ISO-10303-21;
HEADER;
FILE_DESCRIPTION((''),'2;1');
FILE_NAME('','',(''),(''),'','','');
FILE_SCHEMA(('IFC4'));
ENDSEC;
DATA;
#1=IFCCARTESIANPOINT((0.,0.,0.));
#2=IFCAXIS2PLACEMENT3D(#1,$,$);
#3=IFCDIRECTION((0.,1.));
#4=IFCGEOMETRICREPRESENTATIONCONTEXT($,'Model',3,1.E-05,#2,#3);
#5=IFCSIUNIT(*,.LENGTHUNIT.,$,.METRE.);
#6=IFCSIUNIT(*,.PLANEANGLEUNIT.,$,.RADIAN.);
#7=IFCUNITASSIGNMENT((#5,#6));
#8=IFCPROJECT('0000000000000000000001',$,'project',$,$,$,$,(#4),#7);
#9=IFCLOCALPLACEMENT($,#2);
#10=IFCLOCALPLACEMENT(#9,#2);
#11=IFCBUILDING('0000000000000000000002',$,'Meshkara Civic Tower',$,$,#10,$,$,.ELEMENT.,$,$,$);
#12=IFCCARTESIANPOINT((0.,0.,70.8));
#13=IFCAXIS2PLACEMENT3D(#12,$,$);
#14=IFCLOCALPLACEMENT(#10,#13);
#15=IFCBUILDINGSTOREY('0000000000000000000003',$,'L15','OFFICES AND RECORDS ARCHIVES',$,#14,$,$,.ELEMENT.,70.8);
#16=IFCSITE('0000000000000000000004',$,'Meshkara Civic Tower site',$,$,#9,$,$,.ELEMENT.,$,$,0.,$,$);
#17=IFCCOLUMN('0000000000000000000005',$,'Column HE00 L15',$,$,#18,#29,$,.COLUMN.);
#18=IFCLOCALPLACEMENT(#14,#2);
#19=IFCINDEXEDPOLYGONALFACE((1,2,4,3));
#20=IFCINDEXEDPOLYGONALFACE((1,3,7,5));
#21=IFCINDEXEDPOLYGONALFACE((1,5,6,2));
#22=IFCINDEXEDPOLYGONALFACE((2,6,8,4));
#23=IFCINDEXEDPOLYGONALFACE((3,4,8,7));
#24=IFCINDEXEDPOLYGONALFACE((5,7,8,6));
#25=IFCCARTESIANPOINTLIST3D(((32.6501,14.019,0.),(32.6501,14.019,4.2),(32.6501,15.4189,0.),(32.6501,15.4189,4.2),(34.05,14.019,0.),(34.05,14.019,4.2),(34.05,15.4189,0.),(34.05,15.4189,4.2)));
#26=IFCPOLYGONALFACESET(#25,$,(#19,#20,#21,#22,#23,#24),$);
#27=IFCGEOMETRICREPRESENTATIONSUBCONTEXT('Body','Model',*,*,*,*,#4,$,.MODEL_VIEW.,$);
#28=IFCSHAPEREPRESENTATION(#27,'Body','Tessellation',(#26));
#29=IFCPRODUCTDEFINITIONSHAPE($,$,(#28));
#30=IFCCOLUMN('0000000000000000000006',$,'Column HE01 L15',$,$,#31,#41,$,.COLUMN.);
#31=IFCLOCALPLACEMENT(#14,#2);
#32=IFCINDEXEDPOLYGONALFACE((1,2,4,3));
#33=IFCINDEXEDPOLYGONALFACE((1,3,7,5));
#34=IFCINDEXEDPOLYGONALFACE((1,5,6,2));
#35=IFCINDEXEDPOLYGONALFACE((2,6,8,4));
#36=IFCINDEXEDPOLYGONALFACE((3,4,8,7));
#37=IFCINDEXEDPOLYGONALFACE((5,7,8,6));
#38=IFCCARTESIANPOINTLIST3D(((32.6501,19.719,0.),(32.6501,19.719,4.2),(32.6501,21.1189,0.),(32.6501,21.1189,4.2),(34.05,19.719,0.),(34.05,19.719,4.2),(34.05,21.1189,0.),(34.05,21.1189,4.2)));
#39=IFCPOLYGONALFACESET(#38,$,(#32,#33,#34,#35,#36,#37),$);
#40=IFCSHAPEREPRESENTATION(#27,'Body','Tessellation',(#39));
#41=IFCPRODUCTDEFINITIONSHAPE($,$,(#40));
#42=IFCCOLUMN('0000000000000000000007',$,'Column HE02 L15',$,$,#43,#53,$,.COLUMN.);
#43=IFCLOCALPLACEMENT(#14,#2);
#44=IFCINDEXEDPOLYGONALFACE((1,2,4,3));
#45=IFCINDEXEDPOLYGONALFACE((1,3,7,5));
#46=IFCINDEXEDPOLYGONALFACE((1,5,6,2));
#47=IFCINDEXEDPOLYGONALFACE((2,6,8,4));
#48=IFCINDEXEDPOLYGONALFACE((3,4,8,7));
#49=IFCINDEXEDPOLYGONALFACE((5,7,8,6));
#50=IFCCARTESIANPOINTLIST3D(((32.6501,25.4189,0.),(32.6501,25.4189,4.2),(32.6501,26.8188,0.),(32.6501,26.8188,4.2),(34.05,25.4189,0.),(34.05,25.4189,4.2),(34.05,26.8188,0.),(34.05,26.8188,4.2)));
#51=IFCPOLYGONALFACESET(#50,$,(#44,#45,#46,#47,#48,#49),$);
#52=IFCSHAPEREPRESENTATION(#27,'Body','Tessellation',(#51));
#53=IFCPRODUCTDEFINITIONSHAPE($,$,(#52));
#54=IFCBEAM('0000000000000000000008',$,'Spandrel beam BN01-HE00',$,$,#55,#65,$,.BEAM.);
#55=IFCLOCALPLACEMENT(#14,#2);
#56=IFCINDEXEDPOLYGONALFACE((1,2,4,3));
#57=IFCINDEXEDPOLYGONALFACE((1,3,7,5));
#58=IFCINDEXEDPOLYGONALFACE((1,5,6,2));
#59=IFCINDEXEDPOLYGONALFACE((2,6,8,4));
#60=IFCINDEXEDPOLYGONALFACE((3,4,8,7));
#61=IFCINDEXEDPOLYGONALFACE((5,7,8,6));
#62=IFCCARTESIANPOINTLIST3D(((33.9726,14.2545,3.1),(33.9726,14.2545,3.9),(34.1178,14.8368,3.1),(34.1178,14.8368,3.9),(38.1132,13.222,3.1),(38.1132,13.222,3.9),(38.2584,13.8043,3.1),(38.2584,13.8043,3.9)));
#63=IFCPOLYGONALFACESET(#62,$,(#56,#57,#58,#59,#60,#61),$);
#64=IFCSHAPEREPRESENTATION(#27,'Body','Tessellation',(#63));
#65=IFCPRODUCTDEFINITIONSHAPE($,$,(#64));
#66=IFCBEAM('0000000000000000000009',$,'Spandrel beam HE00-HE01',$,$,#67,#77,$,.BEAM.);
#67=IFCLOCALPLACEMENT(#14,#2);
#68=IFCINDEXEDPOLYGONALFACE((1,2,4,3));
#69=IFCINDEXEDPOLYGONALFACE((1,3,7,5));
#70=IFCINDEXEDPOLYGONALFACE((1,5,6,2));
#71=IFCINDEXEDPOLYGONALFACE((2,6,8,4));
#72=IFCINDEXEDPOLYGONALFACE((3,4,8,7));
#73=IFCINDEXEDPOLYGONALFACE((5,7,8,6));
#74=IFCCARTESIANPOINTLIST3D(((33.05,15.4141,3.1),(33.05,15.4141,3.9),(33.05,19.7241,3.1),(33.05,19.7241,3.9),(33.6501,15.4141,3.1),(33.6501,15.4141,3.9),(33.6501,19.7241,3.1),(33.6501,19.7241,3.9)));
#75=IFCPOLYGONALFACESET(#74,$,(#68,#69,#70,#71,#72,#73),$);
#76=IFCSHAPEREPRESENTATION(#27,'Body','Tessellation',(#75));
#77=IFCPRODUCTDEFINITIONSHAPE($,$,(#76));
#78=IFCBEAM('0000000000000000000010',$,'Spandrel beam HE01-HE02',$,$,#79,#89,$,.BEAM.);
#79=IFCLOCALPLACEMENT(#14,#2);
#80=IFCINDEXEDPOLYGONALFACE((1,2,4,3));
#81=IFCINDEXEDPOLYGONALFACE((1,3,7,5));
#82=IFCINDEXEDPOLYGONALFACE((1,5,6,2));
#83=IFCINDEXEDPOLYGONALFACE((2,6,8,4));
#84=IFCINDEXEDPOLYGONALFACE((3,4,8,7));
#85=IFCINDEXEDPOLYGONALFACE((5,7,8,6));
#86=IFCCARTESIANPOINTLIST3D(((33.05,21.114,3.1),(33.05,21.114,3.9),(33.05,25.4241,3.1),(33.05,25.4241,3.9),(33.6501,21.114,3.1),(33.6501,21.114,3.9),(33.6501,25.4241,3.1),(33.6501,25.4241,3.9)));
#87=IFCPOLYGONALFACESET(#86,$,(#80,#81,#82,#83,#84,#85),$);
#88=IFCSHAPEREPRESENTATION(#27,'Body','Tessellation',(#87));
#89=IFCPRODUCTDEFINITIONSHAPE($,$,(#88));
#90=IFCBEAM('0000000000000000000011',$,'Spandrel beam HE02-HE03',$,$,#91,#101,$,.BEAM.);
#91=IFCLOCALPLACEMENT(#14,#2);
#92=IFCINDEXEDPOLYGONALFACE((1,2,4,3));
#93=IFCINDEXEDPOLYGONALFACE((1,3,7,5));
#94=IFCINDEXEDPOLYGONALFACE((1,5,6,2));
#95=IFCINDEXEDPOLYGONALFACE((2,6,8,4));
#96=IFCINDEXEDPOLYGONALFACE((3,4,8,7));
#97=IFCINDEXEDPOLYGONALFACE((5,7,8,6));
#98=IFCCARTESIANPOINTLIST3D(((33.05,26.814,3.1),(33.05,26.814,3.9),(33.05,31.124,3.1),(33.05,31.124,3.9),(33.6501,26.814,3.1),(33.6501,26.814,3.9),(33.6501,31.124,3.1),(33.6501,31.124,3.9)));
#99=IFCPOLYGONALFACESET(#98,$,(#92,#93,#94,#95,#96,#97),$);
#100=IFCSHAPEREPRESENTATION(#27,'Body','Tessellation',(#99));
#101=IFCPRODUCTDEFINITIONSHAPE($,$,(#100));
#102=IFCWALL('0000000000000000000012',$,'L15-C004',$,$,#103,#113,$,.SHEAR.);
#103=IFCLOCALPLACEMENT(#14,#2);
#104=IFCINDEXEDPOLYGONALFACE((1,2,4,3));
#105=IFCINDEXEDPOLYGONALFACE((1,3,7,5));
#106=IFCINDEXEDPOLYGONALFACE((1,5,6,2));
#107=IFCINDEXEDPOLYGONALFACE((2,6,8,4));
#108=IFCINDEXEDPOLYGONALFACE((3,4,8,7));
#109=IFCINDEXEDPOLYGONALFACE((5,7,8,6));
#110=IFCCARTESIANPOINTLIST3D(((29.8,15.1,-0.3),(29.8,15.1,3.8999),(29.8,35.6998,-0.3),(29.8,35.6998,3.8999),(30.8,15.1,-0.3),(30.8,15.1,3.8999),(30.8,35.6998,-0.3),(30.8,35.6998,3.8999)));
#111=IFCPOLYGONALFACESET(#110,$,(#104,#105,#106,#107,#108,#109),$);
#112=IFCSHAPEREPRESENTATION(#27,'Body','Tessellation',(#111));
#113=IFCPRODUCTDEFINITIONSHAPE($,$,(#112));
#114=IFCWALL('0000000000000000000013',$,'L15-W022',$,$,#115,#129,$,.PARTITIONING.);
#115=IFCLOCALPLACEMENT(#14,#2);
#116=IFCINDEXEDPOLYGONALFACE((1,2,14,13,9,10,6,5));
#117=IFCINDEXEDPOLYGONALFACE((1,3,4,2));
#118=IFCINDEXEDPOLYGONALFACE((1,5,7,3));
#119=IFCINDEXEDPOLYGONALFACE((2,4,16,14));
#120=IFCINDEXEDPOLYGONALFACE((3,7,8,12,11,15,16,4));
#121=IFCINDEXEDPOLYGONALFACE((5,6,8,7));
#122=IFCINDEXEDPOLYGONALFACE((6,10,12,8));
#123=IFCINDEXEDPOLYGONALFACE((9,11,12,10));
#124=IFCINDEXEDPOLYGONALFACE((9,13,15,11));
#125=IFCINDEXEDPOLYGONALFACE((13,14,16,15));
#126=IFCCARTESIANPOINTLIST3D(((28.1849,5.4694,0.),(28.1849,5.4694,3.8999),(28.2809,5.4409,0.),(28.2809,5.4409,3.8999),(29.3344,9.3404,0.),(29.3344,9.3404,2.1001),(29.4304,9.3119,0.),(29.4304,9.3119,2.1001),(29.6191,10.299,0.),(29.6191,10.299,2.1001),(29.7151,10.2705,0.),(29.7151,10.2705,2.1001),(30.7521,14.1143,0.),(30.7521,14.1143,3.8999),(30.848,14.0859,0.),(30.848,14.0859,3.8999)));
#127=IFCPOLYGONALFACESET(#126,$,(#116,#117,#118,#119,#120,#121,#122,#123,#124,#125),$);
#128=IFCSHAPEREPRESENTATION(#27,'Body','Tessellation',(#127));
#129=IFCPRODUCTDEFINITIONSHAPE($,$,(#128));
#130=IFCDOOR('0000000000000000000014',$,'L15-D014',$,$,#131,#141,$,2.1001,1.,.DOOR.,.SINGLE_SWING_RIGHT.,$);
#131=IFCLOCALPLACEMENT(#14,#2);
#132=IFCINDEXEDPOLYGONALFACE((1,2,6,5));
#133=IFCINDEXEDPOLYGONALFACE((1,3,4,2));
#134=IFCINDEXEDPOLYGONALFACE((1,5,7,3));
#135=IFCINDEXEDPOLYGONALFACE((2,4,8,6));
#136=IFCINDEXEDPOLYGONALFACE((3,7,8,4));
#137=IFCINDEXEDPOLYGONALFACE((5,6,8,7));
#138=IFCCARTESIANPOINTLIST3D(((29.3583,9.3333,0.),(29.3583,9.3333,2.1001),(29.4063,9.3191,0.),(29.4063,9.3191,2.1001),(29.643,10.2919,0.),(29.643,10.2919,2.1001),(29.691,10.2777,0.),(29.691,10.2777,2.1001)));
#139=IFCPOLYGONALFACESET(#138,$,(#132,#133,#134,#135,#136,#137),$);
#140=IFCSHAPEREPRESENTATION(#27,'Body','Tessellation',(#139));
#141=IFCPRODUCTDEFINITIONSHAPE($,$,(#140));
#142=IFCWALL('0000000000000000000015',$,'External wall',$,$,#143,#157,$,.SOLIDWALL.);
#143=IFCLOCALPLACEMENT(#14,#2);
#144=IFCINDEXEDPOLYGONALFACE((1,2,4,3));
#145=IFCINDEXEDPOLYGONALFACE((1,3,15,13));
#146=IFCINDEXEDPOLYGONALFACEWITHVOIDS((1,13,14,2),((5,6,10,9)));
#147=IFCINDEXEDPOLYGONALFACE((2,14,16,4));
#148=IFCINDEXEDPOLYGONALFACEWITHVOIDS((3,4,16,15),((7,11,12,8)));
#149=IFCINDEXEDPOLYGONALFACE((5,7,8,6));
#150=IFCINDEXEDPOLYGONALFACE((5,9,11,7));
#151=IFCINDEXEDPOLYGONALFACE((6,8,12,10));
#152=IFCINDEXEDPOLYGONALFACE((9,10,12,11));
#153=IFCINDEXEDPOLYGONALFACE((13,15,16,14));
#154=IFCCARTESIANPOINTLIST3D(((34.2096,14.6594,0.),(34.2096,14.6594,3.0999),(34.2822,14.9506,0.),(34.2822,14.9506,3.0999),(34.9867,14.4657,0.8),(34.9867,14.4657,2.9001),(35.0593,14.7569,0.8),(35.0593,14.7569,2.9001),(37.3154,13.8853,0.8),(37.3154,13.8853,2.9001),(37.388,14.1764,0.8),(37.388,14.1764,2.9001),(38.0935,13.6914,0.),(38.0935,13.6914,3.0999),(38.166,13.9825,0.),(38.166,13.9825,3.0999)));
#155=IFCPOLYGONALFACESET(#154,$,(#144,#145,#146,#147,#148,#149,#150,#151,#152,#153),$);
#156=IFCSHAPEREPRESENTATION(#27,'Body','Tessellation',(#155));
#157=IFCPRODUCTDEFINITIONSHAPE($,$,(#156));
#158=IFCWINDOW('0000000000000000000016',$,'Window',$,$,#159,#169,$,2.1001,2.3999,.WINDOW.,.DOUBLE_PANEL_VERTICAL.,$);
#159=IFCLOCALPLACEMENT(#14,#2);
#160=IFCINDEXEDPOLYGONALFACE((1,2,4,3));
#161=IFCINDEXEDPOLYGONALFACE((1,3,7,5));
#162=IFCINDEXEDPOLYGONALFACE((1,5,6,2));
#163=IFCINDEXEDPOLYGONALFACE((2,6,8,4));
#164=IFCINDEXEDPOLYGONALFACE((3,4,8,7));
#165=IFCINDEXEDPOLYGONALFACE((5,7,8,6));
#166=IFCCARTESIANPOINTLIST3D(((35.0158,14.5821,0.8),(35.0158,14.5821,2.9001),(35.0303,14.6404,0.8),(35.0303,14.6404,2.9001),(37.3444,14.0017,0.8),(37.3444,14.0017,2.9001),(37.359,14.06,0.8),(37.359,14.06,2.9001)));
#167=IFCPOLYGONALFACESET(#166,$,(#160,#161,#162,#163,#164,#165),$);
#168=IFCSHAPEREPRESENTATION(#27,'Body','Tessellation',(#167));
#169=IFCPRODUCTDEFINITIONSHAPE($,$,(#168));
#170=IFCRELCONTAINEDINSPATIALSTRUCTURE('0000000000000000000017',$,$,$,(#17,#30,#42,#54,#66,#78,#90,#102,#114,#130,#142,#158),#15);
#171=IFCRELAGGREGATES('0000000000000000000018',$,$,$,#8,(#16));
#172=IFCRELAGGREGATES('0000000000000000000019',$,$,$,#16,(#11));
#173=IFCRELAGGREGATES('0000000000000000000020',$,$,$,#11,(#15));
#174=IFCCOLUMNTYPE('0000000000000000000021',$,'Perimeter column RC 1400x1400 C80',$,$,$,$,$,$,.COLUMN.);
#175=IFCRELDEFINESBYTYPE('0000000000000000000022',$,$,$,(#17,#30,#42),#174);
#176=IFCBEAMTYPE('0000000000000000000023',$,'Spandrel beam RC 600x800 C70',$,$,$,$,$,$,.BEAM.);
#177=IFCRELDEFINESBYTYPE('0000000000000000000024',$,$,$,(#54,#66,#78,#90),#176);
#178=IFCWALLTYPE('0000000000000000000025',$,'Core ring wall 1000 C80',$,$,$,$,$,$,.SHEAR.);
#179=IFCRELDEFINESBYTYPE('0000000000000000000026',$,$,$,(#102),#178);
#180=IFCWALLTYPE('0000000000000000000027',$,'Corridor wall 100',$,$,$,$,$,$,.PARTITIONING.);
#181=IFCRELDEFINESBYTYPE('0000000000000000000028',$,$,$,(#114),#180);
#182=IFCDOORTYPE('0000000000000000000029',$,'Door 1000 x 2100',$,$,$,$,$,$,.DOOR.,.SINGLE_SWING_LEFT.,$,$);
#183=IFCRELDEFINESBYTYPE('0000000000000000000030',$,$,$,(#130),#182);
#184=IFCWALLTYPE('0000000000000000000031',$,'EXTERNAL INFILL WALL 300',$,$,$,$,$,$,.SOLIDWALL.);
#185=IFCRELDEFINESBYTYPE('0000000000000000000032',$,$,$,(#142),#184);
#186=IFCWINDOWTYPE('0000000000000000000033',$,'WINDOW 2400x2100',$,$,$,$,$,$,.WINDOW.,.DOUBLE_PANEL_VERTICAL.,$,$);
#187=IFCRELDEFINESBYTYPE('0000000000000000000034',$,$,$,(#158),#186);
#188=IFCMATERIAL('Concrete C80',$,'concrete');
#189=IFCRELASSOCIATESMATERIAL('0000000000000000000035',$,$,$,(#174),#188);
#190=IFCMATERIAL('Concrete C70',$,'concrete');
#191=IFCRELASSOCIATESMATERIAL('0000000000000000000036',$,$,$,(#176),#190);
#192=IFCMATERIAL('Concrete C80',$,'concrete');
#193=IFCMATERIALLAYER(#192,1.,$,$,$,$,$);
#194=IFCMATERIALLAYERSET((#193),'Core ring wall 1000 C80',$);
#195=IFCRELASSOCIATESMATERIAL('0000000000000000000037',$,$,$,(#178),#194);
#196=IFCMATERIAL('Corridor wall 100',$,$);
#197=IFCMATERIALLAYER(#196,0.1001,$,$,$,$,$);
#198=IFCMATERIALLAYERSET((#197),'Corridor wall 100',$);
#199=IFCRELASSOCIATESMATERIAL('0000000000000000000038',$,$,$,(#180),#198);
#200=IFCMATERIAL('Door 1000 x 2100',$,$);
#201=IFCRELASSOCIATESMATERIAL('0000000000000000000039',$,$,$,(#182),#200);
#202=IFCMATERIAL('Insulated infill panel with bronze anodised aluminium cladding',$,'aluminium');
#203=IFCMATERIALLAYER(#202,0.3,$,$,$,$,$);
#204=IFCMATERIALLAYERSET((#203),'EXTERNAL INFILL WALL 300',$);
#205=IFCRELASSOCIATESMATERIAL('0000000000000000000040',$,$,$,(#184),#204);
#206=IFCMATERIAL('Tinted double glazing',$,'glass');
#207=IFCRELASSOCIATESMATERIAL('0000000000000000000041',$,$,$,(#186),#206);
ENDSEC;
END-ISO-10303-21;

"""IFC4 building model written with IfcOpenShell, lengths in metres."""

from ifc_helpers import new_model, si_unit, direction, frame, frame_2d, origin, origin_2d, place, context, subcontext, project, spatial, rectangle, extrude, material, layer, layer_set, material_profile, profile_set, type_object, element, fill, save


model = new_model("IFC4")

# Units and contexts
model_context = context("Model", 3, precision=1e-05, world=origin(), true_north=direction((0.0, 1.0)))
body_context = subcontext(model_context, "Body", "Model", "MODEL_VIEW")
ifc_project = project(units=[si_unit("LENGTHUNIT", "METRE"), si_unit("PLANEANGLEUNIT", "RADIAN")], contexts=[model_context])

# Site, building, storey
site_placement = place(None, origin())
site = spatial("IfcSite", under=ifc_project, at=site_placement, Name="Meshkara Civic Tower site", CompositionType="ELEMENT", RefElevation=0.0)
building_placement = place(site_placement, origin())
building = spatial("IfcBuilding", under=site, at=building_placement, Name="Meshkara Civic Tower", CompositionType="ELEMENT")
storey_placement = place(building_placement, frame((0.0, 0.0, 70.8)))
storey = spatial("IfcBuildingStorey", under=building, at=storey_placement, Name="L15", Description="OFFICES AND RECORDS ARCHIVES", CompositionType="ELEMENT", Elevation=70.8)

# Columns
ifc_material_1 = material(Name="Concrete C80", Category="concrete")
ifc_material_profile_1 = material_profile(ifc_material_1, rectangle(XDim=1.3999, YDim=1.3999, at=origin_2d()))
ifc_profile_set_1 = profile_set([ifc_material_profile_1], Name="Concrete C80")
column_type = type_object("IfcColumnType", Name="Perimeter column RC 1400x1400 C80", PredefinedType="COLUMN", material=ifc_profile_set_1)
for number, where, z_axis, x_axis, name in (
    (1, (33.3501, 14.719, 0.0), (0.0, 0.0, 1.0), (1.0, 0.0, 0.0), "Column HE00 L15"),
    (2, (33.3501, 20.4189, 0.0), (0.0, 0.0, 1.0), (1.0, 0.0, 0.0), "Column HE01 L15"),
    (3, (33.3501, 26.1189, 0.0), (0.0, 0.0, 1.0), (1.0, 0.0, 0.0), "Column HE02 L15"),
):
    element("IfcColumn", number, at=place(storey_placement, frame(where, z_axis=z_axis, x_axis=x_axis)), inside=storey, type_object=column_type, Name=name, PredefinedType="COLUMN", context=body_context, shape_type="SweptSolid", body=[
        extrude(rectangle(XDim=1.3999, YDim=1.3999, at=origin_2d()), origin(), (0.0, 0.0, 1.0), 4.2),
    ])

# Beams
ifc_material_2 = material(Name="Concrete C70", Category="concrete")
ifc_material_profile_2 = material_profile(ifc_material_2, rectangle(XDim=0.6001, YDim=0.8, at=origin_2d()))
ifc_profile_set_2 = profile_set([ifc_material_profile_2], Name="Concrete C70")
beam_type = type_object("IfcBeamType", Name="Spandrel beam RC 600x800 C70", PredefinedType="BEAM", material=ifc_profile_set_2)
beam_placement = place(storey_placement, frame((38.1858, 13.5132, 3.5), z_axis=(-0.97029, 0.241943, 0.0), x_axis=(-0.241943, -0.97029, 0.0)))
element("IfcBeam", 4, at=beam_placement, inside=storey, type_object=beam_type, Name="Spandrel beam BN01-HE00", PredefinedType="BEAM", context=body_context, shape_type="SweptSolid", body=[
    extrude(rectangle(XDim=0.6001, YDim=0.8, at=origin_2d()), origin(), (0.0, 0.0, 1.0), 4.2673),
])
for number, where, z_axis, x_axis, name in (
    (5, (33.3501, 15.4141, 3.5), (0.0, 1.0, 0.0), (-1.0, 0.0, 0.0), "Spandrel beam HE00-HE01"),
    (6, (33.3501, 21.114, 3.5), (0.0, 1.0, 0.0), (-1.0, 0.0, 0.0), "Spandrel beam HE01-HE02"),
    (7, (33.3501, 26.814, 3.5), (0.0, 1.0, 0.0), (-1.0, 0.0, 0.0), "Spandrel beam HE02-HE03"),
):
    element("IfcBeam", number, at=place(storey_placement, frame(where, z_axis=z_axis, x_axis=x_axis)), inside=storey, type_object=beam_type, Name=name, PredefinedType="BEAM", context=body_context, shape_type="SweptSolid", body=[
        extrude(rectangle(XDim=0.6001, YDim=0.8, at=origin_2d()), origin(), (0.0, 0.0, 1.0), 4.3101),
    ])

# Wall
ifc_material_3 = material(Name="Concrete C80", Category="concrete")
ifc_layer_1 = layer(ifc_material_3, 1.0)
ifc_layer_set_1 = layer_set([ifc_layer_1], Name="Core ring wall 1000 C80")
wall_type_1 = type_object("IfcWallType", Name="Core ring wall 1000 C80", PredefinedType="SHEAR", material=ifc_layer_set_1)
wall_1_placement = place(storey_placement, frame((30.3, 15.1001, -0.3), z_axis=(0.0, 0.0, 1.0), x_axis=(0.0, 1.0, 0.0)))
element("IfcWall", 8, at=wall_1_placement, inside=storey, type_object=wall_type_1, Name="L15-C004", PredefinedType="SHEAR", context=body_context, shape_type="SweptSolid", body=[
    extrude(rectangle(XDim=20.5999, YDim=1.0, at=frame_2d((10.2998, 0.0))), origin(), (0.0, 0.0, 1.0), 4.2),
])

# Wall, opening, door
ifc_material_4 = material(Name="Corridor wall 100")
ifc_layer_2 = layer(ifc_material_4, 0.1001)
ifc_layer_set_2 = layer_set([ifc_layer_2], Name="Corridor wall 100")
wall_type_2 = type_object("IfcWallType", Name="Corridor wall 100", PredefinedType="PARTITIONING", material=ifc_layer_set_2)
wall_2_placement = place(storey_placement, frame((30.8, 14.1001, 0.0), z_axis=(0.0, 0.0, 1.0), x_axis=(-0.284664, -0.958627, 0.0)))
wall_2 = element("IfcWall", 9, at=wall_2_placement, inside=storey, type_object=wall_type_2, Name="L15-W022", PredefinedType="PARTITIONING", context=body_context, shape_type="SweptSolid", body=[
    extrude(rectangle(XDim=9.0181, YDim=0.1001, at=frame_2d((4.509, 0.0))), origin(), (0.0, 0.0, 1.0), 3.8999),
])
opening_1_placement = place(wall_2_placement, frame((3.98, 0.0, 0.0)))
opening_1 = element("IfcOpeningElement", 10, at=opening_1_placement, cuts=wall_2, PredefinedType="OPENING", context=body_context, shape_type="SweptSolid", body=[
    extrude(rectangle(XDim=1.0, YDim=2.1001, at=frame_2d((0.5, 1.05))), frame((0.0, 0.0601, 0.0), z_axis=(0.0, -1.0, 0.0), x_axis=(1.0, 0.0, 0.0)), (0.0, 0.0, 1.0), 0.1201),
])
ifc_material_5 = material(Name="Door 1000 x 2100")
door_type_1 = type_object("IfcDoorType", Name="Door 1000 x 2100", OperationType="SINGLE_SWING_LEFT", PredefinedType="DOOR", material=ifc_material_5)
door_1_placement = place(opening_1_placement, origin())
door_1 = element("IfcDoor", 11, at=door_1_placement, inside=storey, type_object=door_type_1, Name="L15-D014", OperationType="SINGLE_SWING_RIGHT", OverallHeight=2.1001, OverallWidth=1.0, PredefinedType="DOOR", context=body_context, shape_type="SweptSolid", body=[
    extrude(rectangle(XDim=1.0, YDim=2.1001, at=frame_2d((0.5, 1.05))), frame((0.0, 0.0249, 0.0), z_axis=(0.0, -1.0, 0.0), x_axis=(1.0, 0.0, 0.0)), (0.0, 0.0, 1.0), 0.05),
])
fill(opening_1, door_1)

# Wall, opening, window
ifc_material_6 = material(Name="Insulated infill panel with bronze anodised aluminium cladding", Category="aluminium")
ifc_layer_3 = layer(ifc_material_6, 0.3)
ifc_layer_set_3 = layer_set([ifc_layer_3], Name="EXTERNAL INFILL WALL 300")
wall_type_3 = type_object("IfcWallType", Name="EXTERNAL INFILL WALL 300", PredefinedType="SOLIDWALL", material=ifc_layer_set_3)
wall_3_placement = place(storey_placement, frame((38.1299, 13.8369, 0.0), z_axis=(0.0, 0.0, 1.0), x_axis=(-0.970314, 0.241847, 0.0)))
wall_3 = element("IfcWall", 12, at=wall_3_placement, inside=storey, type_object=wall_type_3, Name="External wall", PredefinedType="SOLIDWALL", context=body_context, shape_type="SweptSolid", body=[
    extrude(rectangle(XDim=4.0027, YDim=0.3, at=frame_2d((2.0015, 0.0))), origin(), (0.0, 0.0, 1.0), 3.0999),
])
opening_2_placement = place(wall_3_placement, frame((0.802, 0.0, 0.8)))
opening_2 = element("IfcOpeningElement", 13, at=opening_2_placement, cuts=wall_3, PredefinedType="OPENING", context=body_context, shape_type="SweptSolid", body=[
    extrude(rectangle(XDim=2.3999, YDim=2.1001, at=frame_2d((1.2, 1.05))), frame((0.0, 0.1599, 0.0), z_axis=(0.0, -1.0, 0.0), x_axis=(1.0, 0.0, 0.0)), (0.0, 0.0, 1.0), 0.3201),
])
ifc_material_7 = material(Name="Tinted double glazing", Category="glass")
window_type = type_object("IfcWindowType", Name="WINDOW 2400x2100", PartitioningType="DOUBLE_PANEL_VERTICAL", PredefinedType="WINDOW", material=ifc_material_7)
window_1_placement = place(opening_2_placement, origin())
window_1 = element("IfcWindow", 14, at=window_1_placement, inside=storey, type_object=window_type, Name="Window", OverallHeight=2.1001, OverallWidth=2.3999, PartitioningType="DOUBLE_PANEL_VERTICAL", PredefinedType="WINDOW", context=body_context, shape_type="SweptSolid", body=[
    extrude(rectangle(XDim=2.3999, YDim=2.1001, at=frame_2d((1.2, 1.05))), frame((0.0, 0.03, 0.0), z_axis=(0.0, -1.0, 0.0), x_axis=(1.0, 0.0, 0.0)), (0.0, 0.0, 1.0), 0.0601),
])
fill(opening_2, window_1)

save(model, "model.ifc")
